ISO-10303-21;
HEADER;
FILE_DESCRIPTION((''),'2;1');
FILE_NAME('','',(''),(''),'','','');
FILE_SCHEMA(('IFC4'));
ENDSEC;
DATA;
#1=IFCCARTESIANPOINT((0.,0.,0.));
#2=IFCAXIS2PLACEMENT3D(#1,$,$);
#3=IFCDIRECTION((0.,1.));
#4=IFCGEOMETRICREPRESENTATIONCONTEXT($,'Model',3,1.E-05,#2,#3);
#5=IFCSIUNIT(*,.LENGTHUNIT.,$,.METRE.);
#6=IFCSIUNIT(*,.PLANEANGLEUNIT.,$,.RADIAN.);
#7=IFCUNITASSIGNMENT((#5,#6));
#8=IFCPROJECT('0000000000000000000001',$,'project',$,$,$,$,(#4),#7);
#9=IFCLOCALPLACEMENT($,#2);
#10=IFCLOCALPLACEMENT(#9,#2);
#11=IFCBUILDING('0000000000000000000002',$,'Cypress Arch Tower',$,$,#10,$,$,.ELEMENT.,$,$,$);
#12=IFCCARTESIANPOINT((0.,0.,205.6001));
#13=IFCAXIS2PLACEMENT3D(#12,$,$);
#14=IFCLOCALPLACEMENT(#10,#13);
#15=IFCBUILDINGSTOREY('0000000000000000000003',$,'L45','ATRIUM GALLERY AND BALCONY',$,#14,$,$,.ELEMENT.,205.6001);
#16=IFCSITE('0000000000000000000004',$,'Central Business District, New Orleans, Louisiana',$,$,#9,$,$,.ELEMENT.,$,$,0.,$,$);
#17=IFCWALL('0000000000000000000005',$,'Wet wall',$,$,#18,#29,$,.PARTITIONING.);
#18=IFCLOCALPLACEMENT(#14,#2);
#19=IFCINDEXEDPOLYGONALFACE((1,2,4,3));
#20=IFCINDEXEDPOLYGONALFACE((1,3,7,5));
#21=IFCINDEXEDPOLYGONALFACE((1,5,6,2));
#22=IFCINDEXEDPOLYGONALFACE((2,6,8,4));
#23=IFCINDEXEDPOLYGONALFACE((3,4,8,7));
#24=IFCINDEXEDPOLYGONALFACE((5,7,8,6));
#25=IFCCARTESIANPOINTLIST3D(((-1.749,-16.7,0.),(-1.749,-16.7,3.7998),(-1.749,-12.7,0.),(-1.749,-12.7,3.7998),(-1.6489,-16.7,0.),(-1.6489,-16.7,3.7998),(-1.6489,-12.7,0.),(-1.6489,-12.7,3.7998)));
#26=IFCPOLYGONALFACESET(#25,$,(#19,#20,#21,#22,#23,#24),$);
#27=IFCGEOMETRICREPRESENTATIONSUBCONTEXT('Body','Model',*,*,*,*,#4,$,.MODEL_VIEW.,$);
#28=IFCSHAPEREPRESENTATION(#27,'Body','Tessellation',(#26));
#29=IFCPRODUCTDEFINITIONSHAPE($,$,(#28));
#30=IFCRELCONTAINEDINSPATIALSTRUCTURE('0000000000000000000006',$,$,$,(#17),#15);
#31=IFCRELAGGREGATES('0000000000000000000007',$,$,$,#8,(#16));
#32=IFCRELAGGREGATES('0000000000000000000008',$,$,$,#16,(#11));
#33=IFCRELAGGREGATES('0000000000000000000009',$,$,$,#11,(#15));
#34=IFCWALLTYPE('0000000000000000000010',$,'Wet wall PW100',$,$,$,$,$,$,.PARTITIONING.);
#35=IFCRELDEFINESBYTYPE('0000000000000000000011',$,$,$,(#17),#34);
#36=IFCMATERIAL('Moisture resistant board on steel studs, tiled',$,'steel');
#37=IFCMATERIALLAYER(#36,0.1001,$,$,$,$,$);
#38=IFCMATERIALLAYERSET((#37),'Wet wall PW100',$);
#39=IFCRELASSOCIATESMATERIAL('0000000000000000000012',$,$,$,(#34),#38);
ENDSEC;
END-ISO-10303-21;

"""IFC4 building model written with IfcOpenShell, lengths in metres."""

from ifc_helpers import new_model, si_unit, direction, frame, frame_2d, origin, place, context, subcontext, project, spatial, rectangle, extrude, material, layer, layer_set, type_object, element, save


model = new_model("IFC4")

# Units and contexts
model_context = context("Model", 3, precision=1e-05, world=origin(), true_north=direction((0.0, 1.0)))
body_context = subcontext(model_context, "Body", "Model", "MODEL_VIEW")
ifc_project = project(units=[si_unit("LENGTHUNIT", "METRE"), si_unit("PLANEANGLEUNIT", "RADIAN")], contexts=[model_context])

# Site, building, storey
site_placement = place(None, origin())
site = spatial("IfcSite", under=ifc_project, at=site_placement, Name="Central Business District, New Orleans, Louisiana", CompositionType="ELEMENT", RefElevation=0.0)
building_placement = place(site_placement, origin())
building = spatial("IfcBuilding", under=site, at=building_placement, Name="Cypress Arch Tower", CompositionType="ELEMENT")
storey_placement = place(building_placement, frame((0.0, 0.0, 205.6001)))
storey = spatial("IfcBuildingStorey", under=building, at=storey_placement, Name="L45", Description="ATRIUM GALLERY AND BALCONY", CompositionType="ELEMENT", Elevation=205.6001)

# Wall
ifc_material_1 = material(Name="Moisture resistant board on steel studs, tiled", Category="steel")
ifc_layer_1 = layer(ifc_material_1, 0.1001)
ifc_layer_set_1 = layer_set([ifc_layer_1], Name="Wet wall PW100")
wall_type_1 = type_object("IfcWallType", Name="Wet wall PW100", PredefinedType="PARTITIONING", material=ifc_layer_set_1)
for number, where, z_axis, x_axis, name in (
    (1, (-1.699, -16.7, 0.0), (0.0, 0.0, 1.0), (0.0, 1.0, 0.0), "Wet wall"),
):
    element("IfcWall", number, at=place(storey_placement, frame(where, z_axis=z_axis, x_axis=x_axis)), inside=storey, type_object=wall_type_1, Name=name, PredefinedType="PARTITIONING", context=body_context, shape_type="SweptSolid", body=[
        extrude(rectangle(XDim=4.0, YDim=0.1001, at=frame_2d((2.0, 0.0))), origin(), (0.0, 0.0, 1.0), 3.7998),
    ])

save(model, "model.ifc")
